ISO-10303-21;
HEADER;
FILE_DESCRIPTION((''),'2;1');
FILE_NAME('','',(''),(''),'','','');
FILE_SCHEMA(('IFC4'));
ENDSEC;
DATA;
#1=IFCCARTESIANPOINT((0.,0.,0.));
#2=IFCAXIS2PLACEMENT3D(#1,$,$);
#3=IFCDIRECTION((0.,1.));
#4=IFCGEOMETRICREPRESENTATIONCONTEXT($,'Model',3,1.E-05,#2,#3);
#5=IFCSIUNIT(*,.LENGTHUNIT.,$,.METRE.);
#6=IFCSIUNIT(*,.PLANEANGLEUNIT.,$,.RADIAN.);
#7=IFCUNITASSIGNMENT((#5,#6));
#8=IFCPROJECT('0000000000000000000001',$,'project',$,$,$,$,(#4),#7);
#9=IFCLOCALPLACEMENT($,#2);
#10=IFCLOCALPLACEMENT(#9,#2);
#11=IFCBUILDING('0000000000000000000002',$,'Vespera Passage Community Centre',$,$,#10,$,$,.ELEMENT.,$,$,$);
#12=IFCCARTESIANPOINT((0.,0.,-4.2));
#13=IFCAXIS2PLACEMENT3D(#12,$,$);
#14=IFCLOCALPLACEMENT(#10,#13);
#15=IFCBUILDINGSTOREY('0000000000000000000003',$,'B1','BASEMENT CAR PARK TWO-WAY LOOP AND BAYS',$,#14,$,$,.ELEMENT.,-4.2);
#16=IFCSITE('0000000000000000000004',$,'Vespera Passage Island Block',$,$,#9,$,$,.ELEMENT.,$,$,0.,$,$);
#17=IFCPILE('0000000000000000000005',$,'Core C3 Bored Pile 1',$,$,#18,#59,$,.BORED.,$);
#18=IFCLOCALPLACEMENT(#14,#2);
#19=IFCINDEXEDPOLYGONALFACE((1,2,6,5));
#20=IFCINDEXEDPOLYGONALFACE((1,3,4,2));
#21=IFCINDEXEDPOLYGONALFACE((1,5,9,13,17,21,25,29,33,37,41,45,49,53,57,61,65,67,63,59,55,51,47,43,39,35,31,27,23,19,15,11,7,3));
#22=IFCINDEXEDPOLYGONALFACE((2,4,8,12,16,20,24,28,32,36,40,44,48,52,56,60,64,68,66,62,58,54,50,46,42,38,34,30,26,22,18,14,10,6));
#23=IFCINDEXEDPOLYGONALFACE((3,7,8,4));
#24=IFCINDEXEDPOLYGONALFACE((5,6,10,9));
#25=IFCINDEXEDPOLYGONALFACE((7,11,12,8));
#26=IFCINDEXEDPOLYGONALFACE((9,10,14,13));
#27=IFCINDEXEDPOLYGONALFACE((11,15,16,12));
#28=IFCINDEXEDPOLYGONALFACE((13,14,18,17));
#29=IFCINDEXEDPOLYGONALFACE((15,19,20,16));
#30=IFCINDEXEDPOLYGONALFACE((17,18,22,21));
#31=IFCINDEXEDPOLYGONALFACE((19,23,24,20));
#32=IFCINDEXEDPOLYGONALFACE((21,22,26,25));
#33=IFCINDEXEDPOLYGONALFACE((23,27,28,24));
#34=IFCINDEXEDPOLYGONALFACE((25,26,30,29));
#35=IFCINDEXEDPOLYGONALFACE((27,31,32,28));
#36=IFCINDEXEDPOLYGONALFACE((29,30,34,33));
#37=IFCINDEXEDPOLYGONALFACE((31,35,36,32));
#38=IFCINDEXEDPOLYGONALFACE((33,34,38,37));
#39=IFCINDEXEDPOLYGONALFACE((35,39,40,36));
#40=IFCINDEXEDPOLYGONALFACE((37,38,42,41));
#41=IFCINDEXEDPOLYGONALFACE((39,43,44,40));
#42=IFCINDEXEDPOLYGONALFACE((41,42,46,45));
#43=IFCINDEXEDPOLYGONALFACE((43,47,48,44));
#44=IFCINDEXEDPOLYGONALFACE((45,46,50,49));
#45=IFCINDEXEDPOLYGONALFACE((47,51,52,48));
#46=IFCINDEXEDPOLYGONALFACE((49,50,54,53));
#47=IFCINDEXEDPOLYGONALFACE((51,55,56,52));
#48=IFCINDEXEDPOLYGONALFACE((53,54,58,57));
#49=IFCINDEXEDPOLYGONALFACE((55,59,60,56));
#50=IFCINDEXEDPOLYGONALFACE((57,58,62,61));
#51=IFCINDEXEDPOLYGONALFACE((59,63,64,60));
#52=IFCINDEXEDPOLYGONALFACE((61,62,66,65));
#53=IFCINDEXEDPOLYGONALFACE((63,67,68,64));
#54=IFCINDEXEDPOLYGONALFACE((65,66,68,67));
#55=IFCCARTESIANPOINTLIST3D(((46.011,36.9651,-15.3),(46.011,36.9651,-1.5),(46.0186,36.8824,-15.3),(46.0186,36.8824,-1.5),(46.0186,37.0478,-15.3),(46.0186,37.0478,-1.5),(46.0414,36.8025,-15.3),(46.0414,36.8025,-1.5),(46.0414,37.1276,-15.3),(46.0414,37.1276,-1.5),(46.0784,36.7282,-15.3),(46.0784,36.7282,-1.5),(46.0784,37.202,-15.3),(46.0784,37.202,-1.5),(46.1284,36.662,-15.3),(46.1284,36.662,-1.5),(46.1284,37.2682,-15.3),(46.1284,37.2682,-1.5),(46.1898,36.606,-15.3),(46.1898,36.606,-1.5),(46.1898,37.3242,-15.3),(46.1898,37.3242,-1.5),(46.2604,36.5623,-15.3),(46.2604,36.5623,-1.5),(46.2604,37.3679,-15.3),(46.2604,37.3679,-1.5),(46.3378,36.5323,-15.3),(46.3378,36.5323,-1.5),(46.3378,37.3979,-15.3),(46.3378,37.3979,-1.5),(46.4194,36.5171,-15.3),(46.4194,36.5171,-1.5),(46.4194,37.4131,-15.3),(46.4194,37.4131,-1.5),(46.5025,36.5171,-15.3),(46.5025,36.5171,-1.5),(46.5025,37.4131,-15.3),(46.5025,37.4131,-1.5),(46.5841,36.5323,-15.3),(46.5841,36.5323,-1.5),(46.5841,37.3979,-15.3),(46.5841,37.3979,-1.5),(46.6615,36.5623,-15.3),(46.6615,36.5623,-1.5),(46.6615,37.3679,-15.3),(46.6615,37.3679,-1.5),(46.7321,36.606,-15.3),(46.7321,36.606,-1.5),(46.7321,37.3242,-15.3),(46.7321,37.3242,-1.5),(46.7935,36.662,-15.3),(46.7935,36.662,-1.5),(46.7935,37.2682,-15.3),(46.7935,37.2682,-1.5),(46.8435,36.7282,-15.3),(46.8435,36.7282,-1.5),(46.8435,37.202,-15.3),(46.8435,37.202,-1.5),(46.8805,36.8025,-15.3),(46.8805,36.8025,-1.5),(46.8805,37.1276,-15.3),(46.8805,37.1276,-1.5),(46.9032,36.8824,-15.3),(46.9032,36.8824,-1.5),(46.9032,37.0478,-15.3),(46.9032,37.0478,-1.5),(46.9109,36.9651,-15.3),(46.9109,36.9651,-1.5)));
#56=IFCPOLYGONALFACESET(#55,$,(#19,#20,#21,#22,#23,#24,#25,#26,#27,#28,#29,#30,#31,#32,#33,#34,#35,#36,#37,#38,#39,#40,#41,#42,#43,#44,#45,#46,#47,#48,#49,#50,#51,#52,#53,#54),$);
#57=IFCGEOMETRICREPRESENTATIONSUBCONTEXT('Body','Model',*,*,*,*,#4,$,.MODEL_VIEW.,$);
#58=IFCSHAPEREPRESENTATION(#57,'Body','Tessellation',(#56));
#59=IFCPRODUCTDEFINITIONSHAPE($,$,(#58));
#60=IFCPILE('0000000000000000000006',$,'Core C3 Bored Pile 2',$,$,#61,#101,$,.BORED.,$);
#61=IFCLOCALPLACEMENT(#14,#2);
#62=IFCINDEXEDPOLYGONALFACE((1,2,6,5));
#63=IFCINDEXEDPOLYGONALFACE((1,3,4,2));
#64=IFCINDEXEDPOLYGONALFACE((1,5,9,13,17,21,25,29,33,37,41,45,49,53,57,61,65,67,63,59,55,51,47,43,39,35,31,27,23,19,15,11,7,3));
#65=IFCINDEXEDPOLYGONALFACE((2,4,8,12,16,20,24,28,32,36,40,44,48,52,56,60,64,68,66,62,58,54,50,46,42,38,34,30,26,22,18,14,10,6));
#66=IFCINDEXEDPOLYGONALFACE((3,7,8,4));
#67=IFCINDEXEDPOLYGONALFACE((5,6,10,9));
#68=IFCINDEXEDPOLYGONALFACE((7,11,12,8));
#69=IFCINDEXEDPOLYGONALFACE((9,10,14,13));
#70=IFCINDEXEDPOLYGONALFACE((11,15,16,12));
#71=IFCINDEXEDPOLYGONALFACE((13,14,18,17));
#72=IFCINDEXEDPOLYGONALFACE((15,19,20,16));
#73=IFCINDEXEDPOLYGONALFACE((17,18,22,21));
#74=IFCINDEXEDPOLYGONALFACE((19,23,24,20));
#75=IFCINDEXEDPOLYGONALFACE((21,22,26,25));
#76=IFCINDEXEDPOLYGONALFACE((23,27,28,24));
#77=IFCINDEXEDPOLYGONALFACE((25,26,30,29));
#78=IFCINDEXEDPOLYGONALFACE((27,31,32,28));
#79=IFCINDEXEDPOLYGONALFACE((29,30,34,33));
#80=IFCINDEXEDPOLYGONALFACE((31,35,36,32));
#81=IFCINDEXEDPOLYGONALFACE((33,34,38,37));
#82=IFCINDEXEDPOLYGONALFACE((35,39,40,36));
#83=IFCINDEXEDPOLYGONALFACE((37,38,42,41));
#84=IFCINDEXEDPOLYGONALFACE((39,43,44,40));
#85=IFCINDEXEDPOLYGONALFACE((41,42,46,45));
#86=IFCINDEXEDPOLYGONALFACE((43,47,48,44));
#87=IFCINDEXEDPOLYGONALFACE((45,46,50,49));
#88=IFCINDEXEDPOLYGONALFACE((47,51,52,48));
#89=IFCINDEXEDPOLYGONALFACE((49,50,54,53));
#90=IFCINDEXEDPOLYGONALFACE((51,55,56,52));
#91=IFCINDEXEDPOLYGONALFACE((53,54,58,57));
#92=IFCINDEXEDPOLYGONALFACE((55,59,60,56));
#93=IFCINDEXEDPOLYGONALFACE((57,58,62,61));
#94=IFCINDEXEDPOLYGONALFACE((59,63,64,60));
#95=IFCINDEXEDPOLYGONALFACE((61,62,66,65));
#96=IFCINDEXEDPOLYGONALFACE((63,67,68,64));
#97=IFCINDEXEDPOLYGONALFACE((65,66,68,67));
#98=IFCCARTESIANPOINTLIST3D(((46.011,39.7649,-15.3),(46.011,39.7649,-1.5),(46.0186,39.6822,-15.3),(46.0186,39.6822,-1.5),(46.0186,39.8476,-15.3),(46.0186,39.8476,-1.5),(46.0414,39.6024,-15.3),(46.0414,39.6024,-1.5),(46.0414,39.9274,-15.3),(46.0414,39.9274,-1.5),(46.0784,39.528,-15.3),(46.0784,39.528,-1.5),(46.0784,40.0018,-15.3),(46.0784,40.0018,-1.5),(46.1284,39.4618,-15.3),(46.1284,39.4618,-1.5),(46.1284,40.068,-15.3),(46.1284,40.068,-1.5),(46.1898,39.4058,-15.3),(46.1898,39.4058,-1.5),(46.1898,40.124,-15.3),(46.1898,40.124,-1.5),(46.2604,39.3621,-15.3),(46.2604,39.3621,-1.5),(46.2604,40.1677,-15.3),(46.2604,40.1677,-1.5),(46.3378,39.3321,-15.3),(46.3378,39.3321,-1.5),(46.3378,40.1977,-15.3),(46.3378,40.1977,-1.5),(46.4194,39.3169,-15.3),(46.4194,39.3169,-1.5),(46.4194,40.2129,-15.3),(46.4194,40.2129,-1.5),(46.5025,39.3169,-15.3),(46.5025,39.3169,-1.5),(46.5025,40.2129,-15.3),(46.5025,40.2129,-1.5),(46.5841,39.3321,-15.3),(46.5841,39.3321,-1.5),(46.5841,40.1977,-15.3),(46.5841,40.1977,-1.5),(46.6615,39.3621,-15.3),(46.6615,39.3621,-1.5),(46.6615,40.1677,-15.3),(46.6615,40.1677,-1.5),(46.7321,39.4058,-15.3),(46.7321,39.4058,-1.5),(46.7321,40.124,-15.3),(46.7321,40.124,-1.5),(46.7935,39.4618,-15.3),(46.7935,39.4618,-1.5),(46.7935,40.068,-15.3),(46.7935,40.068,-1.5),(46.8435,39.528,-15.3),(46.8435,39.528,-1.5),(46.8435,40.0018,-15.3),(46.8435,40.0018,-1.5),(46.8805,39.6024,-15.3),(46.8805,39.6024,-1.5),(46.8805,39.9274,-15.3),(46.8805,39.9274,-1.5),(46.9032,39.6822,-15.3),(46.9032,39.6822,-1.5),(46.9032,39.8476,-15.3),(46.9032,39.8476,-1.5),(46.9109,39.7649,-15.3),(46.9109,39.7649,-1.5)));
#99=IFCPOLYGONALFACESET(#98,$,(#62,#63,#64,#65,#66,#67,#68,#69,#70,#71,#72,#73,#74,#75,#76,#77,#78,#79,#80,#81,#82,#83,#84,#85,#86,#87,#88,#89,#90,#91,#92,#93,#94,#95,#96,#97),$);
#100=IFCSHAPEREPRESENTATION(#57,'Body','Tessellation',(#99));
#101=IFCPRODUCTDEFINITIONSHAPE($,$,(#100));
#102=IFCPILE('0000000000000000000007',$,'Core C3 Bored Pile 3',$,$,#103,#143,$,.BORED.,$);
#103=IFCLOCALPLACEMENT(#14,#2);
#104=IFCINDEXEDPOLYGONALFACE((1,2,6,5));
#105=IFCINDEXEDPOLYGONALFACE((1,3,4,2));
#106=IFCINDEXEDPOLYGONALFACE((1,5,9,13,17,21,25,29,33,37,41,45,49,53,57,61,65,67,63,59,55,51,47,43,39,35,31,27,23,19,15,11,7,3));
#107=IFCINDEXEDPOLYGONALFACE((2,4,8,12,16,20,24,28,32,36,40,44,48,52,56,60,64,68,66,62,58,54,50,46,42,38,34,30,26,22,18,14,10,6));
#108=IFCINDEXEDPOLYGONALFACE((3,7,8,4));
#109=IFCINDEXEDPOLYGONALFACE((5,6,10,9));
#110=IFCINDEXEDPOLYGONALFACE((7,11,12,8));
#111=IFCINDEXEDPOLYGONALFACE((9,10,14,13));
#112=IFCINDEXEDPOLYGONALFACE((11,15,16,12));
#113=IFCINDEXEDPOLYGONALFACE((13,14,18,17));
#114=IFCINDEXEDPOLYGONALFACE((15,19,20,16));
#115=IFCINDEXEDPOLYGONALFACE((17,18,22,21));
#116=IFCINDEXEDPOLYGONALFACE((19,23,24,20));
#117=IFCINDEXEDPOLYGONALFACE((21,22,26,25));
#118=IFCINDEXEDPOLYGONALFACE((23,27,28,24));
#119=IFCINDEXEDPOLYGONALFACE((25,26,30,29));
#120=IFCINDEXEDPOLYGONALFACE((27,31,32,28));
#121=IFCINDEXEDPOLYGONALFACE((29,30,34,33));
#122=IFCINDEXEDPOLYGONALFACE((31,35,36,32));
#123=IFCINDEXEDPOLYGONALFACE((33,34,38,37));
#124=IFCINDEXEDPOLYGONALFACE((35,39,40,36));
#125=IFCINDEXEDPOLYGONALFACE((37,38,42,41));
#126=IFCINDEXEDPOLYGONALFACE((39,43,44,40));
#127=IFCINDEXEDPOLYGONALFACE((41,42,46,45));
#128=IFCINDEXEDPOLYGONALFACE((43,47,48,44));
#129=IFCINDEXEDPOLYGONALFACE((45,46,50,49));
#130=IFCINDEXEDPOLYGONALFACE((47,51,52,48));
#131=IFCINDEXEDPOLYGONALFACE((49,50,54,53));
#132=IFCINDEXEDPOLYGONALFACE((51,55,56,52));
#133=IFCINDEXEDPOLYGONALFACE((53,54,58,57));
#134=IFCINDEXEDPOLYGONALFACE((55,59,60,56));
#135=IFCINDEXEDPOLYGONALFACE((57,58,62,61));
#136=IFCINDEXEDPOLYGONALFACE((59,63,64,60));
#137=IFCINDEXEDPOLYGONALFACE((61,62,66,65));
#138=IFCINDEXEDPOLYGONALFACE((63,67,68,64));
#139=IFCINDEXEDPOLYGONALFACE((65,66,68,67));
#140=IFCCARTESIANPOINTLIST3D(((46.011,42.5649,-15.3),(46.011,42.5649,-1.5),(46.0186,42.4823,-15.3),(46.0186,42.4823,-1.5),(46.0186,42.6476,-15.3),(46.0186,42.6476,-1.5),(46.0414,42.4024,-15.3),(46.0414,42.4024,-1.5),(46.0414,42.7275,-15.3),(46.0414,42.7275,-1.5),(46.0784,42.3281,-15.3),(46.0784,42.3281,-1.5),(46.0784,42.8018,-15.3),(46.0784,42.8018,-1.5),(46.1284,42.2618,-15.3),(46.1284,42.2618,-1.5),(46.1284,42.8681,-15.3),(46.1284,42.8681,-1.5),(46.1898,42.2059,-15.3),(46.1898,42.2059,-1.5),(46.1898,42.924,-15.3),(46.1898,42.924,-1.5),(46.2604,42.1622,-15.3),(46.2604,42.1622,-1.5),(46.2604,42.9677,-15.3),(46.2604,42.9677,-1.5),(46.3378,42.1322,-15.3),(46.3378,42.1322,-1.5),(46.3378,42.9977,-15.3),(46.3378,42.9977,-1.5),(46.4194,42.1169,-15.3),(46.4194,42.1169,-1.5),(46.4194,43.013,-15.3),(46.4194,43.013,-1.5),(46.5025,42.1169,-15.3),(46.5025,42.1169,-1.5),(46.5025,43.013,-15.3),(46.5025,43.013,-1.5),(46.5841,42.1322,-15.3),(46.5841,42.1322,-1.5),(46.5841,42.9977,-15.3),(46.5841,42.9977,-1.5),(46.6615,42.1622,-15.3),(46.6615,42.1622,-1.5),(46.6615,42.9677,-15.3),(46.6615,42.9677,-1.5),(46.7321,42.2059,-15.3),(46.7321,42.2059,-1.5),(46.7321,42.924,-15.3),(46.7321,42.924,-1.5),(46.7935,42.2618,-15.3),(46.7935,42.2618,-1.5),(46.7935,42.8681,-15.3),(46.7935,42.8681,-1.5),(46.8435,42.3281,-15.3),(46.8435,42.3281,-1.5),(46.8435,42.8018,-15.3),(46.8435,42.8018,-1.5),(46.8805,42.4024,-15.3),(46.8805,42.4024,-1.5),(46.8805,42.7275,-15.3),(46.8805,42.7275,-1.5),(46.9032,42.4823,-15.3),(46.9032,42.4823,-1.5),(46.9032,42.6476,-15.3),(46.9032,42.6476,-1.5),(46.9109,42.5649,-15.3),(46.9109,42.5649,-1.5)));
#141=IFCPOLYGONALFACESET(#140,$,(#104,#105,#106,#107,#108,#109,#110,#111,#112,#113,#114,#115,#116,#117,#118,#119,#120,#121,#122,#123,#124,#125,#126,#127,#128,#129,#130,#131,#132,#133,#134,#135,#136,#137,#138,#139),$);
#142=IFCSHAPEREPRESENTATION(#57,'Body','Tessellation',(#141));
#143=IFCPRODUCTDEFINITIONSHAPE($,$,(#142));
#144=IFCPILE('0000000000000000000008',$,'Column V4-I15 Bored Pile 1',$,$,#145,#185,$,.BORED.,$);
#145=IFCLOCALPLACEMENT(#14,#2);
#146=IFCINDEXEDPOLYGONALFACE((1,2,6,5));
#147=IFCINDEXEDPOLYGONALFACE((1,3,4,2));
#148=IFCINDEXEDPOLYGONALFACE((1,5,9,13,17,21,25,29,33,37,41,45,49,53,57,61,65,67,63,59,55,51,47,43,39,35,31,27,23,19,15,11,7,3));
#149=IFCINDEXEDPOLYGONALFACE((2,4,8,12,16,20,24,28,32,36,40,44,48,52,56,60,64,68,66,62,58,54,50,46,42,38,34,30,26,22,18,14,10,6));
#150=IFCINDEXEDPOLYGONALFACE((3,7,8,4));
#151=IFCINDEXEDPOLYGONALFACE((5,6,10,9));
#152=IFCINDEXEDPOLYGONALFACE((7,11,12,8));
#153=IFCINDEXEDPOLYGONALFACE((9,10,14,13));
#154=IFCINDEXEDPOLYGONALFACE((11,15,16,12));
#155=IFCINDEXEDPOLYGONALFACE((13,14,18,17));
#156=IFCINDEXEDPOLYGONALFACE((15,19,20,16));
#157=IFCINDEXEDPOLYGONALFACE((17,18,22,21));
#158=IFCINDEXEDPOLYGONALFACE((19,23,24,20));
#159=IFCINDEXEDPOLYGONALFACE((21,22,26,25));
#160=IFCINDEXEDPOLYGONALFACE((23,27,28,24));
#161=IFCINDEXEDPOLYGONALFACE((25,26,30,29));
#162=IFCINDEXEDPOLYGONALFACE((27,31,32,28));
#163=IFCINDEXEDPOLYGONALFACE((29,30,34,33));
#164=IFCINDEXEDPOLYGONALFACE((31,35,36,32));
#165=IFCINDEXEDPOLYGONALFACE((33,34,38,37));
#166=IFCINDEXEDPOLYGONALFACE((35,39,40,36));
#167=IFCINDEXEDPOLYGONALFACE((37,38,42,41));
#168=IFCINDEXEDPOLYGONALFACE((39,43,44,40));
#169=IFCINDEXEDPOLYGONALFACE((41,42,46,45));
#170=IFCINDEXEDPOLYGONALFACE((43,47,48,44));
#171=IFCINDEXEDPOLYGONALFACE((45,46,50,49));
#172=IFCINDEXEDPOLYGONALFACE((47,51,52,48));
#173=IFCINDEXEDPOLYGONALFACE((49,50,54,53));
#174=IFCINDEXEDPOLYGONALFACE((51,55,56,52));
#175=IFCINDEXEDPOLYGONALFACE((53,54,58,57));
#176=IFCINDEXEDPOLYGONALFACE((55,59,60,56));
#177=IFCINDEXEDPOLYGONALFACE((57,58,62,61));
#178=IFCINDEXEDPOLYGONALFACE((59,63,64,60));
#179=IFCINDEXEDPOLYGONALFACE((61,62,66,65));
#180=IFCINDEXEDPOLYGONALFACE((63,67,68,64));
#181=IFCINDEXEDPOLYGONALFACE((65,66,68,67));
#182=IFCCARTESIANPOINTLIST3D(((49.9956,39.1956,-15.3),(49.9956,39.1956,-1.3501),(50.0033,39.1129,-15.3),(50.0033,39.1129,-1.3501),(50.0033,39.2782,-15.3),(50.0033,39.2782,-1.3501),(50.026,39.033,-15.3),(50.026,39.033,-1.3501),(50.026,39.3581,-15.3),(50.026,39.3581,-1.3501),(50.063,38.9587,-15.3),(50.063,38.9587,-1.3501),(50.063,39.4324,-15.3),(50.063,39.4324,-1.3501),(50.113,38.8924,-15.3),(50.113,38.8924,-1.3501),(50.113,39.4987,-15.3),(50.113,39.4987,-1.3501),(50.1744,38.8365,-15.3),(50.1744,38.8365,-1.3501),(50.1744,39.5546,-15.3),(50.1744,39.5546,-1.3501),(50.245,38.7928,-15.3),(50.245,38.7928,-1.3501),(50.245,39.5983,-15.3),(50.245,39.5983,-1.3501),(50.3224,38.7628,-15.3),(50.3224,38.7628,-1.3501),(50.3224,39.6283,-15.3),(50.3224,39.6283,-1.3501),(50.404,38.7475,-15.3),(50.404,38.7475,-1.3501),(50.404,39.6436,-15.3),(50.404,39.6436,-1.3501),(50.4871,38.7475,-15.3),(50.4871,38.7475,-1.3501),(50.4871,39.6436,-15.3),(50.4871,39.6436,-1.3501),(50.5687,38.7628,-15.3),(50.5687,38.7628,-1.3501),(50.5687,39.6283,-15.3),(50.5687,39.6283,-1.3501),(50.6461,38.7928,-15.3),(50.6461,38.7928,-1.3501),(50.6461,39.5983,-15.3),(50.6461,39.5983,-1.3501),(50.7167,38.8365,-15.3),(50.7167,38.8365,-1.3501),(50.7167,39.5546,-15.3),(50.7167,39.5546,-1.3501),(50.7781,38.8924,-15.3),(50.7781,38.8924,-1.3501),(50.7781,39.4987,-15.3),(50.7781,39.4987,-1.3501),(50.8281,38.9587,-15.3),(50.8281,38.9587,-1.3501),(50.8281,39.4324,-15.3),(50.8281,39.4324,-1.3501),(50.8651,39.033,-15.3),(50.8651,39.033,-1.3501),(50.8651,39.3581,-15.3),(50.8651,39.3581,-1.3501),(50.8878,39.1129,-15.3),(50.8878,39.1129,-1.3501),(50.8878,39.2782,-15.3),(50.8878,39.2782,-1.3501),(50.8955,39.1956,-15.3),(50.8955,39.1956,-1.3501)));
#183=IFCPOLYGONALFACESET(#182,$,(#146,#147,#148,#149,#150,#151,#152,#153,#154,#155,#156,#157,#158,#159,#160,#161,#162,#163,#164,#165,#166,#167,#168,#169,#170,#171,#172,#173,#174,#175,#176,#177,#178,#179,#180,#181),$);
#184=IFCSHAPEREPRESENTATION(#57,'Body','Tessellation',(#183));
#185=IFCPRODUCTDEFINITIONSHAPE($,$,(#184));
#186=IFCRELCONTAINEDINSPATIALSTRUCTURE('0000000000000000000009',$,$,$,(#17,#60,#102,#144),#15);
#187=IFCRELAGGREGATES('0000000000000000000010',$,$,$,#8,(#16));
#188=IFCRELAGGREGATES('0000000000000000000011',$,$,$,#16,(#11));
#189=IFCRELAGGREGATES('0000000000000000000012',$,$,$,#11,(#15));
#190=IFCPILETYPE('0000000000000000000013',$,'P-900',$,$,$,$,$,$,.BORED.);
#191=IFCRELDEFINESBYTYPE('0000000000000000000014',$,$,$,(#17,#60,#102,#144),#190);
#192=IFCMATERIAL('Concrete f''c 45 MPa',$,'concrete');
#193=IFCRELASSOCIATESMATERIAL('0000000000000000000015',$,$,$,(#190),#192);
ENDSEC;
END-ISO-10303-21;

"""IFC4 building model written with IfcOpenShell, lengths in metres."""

from ifc_helpers import new_model, si_unit, direction, frame, origin, origin_2d, place, context, subcontext, project, spatial, circle, extrude, material, material_profile, profile_set, type_object, element, save


model = new_model("IFC4")

# Units and contexts
model_context = context("Model", 3, precision=1e-05, world=origin(), true_north=direction((0.0, 1.0)))
body_context = subcontext(model_context, "Body", "Model", "MODEL_VIEW")
ifc_project = project(units=[si_unit("LENGTHUNIT", "METRE"), si_unit("PLANEANGLEUNIT", "RADIAN")], contexts=[model_context])

# Site, building, storey
site_placement = place(None, origin())
site = spatial("IfcSite", under=ifc_project, at=site_placement, Name="Vespera Passage Island Block", CompositionType="ELEMENT", RefElevation=0.0)
building_placement = place(site_placement, origin())
building = spatial("IfcBuilding", under=site, at=building_placement, Name="Vespera Passage Community Centre", CompositionType="ELEMENT")
storey_placement = place(building_placement, frame((0.0, 0.0, -4.2)))
storey = spatial("IfcBuildingStorey", under=building, at=storey_placement, Name="B1", Description="BASEMENT CAR PARK TWO-WAY LOOP AND BAYS", CompositionType="ELEMENT", Elevation=-4.2)

# Piles
ifc_material_1 = material(Name="Concrete f'c 45 MPa", Category="concrete")
ifc_material_profile_1 = material_profile(ifc_material_1, circle(Radius=0.45, at=origin_2d()), Name="PILE900DIA")
ifc_profile_set_1 = profile_set([ifc_material_profile_1], Name="Concrete f'c 45 MPa")
pile_type = type_object("IfcPileType", Name="P-900", PredefinedType="BORED", material=ifc_profile_set_1)
for number, where, z_axis, x_axis, name in (
    (1, (46.4609, 36.9651, -1.5), (0.0, 0.0, -1.0), (1.0, 0.0, 0.0), "Core C3 Bored Pile 1"),
    (2, (46.4609, 39.7649, -1.5), (0.0, 0.0, -1.0), (1.0, 0.0, 0.0), "Core C3 Bored Pile 2"),
    (3, (46.4609, 42.5649, -1.5), (0.0, 0.0, -1.0), (1.0, 0.0, 0.0), "Core C3 Bored Pile 3"),
):
    element("IfcPile", number, at=place(storey_placement, frame(where, z_axis=z_axis, x_axis=x_axis)), inside=storey, type_object=pile_type, Name=name, PredefinedType="BORED", context=body_context, shape_type="SweptSolid", body=[
        extrude(circle(Radius=0.45, at=origin_2d()), origin(), (0.0, 0.0, 1.0), 13.8),
    ])
for number, where, z_axis, x_axis, name in (
    (4, (50.4456, 39.1956, -1.3501), (0.0, 0.0, -1.0), (1.0, 0.0, 0.0), "Column V4-I15 Bored Pile 1"),
):
    element("IfcPile", number, at=place(storey_placement, frame(where, z_axis=z_axis, x_axis=x_axis)), inside=storey, type_object=pile_type, Name=name, PredefinedType="BORED", context=body_context, shape_type="SweptSolid", body=[
        extrude(circle(Radius=0.45, at=origin_2d()), origin(), (0.0, 0.0, 1.0), 13.95),
    ])

save(model, "model.ifc")
